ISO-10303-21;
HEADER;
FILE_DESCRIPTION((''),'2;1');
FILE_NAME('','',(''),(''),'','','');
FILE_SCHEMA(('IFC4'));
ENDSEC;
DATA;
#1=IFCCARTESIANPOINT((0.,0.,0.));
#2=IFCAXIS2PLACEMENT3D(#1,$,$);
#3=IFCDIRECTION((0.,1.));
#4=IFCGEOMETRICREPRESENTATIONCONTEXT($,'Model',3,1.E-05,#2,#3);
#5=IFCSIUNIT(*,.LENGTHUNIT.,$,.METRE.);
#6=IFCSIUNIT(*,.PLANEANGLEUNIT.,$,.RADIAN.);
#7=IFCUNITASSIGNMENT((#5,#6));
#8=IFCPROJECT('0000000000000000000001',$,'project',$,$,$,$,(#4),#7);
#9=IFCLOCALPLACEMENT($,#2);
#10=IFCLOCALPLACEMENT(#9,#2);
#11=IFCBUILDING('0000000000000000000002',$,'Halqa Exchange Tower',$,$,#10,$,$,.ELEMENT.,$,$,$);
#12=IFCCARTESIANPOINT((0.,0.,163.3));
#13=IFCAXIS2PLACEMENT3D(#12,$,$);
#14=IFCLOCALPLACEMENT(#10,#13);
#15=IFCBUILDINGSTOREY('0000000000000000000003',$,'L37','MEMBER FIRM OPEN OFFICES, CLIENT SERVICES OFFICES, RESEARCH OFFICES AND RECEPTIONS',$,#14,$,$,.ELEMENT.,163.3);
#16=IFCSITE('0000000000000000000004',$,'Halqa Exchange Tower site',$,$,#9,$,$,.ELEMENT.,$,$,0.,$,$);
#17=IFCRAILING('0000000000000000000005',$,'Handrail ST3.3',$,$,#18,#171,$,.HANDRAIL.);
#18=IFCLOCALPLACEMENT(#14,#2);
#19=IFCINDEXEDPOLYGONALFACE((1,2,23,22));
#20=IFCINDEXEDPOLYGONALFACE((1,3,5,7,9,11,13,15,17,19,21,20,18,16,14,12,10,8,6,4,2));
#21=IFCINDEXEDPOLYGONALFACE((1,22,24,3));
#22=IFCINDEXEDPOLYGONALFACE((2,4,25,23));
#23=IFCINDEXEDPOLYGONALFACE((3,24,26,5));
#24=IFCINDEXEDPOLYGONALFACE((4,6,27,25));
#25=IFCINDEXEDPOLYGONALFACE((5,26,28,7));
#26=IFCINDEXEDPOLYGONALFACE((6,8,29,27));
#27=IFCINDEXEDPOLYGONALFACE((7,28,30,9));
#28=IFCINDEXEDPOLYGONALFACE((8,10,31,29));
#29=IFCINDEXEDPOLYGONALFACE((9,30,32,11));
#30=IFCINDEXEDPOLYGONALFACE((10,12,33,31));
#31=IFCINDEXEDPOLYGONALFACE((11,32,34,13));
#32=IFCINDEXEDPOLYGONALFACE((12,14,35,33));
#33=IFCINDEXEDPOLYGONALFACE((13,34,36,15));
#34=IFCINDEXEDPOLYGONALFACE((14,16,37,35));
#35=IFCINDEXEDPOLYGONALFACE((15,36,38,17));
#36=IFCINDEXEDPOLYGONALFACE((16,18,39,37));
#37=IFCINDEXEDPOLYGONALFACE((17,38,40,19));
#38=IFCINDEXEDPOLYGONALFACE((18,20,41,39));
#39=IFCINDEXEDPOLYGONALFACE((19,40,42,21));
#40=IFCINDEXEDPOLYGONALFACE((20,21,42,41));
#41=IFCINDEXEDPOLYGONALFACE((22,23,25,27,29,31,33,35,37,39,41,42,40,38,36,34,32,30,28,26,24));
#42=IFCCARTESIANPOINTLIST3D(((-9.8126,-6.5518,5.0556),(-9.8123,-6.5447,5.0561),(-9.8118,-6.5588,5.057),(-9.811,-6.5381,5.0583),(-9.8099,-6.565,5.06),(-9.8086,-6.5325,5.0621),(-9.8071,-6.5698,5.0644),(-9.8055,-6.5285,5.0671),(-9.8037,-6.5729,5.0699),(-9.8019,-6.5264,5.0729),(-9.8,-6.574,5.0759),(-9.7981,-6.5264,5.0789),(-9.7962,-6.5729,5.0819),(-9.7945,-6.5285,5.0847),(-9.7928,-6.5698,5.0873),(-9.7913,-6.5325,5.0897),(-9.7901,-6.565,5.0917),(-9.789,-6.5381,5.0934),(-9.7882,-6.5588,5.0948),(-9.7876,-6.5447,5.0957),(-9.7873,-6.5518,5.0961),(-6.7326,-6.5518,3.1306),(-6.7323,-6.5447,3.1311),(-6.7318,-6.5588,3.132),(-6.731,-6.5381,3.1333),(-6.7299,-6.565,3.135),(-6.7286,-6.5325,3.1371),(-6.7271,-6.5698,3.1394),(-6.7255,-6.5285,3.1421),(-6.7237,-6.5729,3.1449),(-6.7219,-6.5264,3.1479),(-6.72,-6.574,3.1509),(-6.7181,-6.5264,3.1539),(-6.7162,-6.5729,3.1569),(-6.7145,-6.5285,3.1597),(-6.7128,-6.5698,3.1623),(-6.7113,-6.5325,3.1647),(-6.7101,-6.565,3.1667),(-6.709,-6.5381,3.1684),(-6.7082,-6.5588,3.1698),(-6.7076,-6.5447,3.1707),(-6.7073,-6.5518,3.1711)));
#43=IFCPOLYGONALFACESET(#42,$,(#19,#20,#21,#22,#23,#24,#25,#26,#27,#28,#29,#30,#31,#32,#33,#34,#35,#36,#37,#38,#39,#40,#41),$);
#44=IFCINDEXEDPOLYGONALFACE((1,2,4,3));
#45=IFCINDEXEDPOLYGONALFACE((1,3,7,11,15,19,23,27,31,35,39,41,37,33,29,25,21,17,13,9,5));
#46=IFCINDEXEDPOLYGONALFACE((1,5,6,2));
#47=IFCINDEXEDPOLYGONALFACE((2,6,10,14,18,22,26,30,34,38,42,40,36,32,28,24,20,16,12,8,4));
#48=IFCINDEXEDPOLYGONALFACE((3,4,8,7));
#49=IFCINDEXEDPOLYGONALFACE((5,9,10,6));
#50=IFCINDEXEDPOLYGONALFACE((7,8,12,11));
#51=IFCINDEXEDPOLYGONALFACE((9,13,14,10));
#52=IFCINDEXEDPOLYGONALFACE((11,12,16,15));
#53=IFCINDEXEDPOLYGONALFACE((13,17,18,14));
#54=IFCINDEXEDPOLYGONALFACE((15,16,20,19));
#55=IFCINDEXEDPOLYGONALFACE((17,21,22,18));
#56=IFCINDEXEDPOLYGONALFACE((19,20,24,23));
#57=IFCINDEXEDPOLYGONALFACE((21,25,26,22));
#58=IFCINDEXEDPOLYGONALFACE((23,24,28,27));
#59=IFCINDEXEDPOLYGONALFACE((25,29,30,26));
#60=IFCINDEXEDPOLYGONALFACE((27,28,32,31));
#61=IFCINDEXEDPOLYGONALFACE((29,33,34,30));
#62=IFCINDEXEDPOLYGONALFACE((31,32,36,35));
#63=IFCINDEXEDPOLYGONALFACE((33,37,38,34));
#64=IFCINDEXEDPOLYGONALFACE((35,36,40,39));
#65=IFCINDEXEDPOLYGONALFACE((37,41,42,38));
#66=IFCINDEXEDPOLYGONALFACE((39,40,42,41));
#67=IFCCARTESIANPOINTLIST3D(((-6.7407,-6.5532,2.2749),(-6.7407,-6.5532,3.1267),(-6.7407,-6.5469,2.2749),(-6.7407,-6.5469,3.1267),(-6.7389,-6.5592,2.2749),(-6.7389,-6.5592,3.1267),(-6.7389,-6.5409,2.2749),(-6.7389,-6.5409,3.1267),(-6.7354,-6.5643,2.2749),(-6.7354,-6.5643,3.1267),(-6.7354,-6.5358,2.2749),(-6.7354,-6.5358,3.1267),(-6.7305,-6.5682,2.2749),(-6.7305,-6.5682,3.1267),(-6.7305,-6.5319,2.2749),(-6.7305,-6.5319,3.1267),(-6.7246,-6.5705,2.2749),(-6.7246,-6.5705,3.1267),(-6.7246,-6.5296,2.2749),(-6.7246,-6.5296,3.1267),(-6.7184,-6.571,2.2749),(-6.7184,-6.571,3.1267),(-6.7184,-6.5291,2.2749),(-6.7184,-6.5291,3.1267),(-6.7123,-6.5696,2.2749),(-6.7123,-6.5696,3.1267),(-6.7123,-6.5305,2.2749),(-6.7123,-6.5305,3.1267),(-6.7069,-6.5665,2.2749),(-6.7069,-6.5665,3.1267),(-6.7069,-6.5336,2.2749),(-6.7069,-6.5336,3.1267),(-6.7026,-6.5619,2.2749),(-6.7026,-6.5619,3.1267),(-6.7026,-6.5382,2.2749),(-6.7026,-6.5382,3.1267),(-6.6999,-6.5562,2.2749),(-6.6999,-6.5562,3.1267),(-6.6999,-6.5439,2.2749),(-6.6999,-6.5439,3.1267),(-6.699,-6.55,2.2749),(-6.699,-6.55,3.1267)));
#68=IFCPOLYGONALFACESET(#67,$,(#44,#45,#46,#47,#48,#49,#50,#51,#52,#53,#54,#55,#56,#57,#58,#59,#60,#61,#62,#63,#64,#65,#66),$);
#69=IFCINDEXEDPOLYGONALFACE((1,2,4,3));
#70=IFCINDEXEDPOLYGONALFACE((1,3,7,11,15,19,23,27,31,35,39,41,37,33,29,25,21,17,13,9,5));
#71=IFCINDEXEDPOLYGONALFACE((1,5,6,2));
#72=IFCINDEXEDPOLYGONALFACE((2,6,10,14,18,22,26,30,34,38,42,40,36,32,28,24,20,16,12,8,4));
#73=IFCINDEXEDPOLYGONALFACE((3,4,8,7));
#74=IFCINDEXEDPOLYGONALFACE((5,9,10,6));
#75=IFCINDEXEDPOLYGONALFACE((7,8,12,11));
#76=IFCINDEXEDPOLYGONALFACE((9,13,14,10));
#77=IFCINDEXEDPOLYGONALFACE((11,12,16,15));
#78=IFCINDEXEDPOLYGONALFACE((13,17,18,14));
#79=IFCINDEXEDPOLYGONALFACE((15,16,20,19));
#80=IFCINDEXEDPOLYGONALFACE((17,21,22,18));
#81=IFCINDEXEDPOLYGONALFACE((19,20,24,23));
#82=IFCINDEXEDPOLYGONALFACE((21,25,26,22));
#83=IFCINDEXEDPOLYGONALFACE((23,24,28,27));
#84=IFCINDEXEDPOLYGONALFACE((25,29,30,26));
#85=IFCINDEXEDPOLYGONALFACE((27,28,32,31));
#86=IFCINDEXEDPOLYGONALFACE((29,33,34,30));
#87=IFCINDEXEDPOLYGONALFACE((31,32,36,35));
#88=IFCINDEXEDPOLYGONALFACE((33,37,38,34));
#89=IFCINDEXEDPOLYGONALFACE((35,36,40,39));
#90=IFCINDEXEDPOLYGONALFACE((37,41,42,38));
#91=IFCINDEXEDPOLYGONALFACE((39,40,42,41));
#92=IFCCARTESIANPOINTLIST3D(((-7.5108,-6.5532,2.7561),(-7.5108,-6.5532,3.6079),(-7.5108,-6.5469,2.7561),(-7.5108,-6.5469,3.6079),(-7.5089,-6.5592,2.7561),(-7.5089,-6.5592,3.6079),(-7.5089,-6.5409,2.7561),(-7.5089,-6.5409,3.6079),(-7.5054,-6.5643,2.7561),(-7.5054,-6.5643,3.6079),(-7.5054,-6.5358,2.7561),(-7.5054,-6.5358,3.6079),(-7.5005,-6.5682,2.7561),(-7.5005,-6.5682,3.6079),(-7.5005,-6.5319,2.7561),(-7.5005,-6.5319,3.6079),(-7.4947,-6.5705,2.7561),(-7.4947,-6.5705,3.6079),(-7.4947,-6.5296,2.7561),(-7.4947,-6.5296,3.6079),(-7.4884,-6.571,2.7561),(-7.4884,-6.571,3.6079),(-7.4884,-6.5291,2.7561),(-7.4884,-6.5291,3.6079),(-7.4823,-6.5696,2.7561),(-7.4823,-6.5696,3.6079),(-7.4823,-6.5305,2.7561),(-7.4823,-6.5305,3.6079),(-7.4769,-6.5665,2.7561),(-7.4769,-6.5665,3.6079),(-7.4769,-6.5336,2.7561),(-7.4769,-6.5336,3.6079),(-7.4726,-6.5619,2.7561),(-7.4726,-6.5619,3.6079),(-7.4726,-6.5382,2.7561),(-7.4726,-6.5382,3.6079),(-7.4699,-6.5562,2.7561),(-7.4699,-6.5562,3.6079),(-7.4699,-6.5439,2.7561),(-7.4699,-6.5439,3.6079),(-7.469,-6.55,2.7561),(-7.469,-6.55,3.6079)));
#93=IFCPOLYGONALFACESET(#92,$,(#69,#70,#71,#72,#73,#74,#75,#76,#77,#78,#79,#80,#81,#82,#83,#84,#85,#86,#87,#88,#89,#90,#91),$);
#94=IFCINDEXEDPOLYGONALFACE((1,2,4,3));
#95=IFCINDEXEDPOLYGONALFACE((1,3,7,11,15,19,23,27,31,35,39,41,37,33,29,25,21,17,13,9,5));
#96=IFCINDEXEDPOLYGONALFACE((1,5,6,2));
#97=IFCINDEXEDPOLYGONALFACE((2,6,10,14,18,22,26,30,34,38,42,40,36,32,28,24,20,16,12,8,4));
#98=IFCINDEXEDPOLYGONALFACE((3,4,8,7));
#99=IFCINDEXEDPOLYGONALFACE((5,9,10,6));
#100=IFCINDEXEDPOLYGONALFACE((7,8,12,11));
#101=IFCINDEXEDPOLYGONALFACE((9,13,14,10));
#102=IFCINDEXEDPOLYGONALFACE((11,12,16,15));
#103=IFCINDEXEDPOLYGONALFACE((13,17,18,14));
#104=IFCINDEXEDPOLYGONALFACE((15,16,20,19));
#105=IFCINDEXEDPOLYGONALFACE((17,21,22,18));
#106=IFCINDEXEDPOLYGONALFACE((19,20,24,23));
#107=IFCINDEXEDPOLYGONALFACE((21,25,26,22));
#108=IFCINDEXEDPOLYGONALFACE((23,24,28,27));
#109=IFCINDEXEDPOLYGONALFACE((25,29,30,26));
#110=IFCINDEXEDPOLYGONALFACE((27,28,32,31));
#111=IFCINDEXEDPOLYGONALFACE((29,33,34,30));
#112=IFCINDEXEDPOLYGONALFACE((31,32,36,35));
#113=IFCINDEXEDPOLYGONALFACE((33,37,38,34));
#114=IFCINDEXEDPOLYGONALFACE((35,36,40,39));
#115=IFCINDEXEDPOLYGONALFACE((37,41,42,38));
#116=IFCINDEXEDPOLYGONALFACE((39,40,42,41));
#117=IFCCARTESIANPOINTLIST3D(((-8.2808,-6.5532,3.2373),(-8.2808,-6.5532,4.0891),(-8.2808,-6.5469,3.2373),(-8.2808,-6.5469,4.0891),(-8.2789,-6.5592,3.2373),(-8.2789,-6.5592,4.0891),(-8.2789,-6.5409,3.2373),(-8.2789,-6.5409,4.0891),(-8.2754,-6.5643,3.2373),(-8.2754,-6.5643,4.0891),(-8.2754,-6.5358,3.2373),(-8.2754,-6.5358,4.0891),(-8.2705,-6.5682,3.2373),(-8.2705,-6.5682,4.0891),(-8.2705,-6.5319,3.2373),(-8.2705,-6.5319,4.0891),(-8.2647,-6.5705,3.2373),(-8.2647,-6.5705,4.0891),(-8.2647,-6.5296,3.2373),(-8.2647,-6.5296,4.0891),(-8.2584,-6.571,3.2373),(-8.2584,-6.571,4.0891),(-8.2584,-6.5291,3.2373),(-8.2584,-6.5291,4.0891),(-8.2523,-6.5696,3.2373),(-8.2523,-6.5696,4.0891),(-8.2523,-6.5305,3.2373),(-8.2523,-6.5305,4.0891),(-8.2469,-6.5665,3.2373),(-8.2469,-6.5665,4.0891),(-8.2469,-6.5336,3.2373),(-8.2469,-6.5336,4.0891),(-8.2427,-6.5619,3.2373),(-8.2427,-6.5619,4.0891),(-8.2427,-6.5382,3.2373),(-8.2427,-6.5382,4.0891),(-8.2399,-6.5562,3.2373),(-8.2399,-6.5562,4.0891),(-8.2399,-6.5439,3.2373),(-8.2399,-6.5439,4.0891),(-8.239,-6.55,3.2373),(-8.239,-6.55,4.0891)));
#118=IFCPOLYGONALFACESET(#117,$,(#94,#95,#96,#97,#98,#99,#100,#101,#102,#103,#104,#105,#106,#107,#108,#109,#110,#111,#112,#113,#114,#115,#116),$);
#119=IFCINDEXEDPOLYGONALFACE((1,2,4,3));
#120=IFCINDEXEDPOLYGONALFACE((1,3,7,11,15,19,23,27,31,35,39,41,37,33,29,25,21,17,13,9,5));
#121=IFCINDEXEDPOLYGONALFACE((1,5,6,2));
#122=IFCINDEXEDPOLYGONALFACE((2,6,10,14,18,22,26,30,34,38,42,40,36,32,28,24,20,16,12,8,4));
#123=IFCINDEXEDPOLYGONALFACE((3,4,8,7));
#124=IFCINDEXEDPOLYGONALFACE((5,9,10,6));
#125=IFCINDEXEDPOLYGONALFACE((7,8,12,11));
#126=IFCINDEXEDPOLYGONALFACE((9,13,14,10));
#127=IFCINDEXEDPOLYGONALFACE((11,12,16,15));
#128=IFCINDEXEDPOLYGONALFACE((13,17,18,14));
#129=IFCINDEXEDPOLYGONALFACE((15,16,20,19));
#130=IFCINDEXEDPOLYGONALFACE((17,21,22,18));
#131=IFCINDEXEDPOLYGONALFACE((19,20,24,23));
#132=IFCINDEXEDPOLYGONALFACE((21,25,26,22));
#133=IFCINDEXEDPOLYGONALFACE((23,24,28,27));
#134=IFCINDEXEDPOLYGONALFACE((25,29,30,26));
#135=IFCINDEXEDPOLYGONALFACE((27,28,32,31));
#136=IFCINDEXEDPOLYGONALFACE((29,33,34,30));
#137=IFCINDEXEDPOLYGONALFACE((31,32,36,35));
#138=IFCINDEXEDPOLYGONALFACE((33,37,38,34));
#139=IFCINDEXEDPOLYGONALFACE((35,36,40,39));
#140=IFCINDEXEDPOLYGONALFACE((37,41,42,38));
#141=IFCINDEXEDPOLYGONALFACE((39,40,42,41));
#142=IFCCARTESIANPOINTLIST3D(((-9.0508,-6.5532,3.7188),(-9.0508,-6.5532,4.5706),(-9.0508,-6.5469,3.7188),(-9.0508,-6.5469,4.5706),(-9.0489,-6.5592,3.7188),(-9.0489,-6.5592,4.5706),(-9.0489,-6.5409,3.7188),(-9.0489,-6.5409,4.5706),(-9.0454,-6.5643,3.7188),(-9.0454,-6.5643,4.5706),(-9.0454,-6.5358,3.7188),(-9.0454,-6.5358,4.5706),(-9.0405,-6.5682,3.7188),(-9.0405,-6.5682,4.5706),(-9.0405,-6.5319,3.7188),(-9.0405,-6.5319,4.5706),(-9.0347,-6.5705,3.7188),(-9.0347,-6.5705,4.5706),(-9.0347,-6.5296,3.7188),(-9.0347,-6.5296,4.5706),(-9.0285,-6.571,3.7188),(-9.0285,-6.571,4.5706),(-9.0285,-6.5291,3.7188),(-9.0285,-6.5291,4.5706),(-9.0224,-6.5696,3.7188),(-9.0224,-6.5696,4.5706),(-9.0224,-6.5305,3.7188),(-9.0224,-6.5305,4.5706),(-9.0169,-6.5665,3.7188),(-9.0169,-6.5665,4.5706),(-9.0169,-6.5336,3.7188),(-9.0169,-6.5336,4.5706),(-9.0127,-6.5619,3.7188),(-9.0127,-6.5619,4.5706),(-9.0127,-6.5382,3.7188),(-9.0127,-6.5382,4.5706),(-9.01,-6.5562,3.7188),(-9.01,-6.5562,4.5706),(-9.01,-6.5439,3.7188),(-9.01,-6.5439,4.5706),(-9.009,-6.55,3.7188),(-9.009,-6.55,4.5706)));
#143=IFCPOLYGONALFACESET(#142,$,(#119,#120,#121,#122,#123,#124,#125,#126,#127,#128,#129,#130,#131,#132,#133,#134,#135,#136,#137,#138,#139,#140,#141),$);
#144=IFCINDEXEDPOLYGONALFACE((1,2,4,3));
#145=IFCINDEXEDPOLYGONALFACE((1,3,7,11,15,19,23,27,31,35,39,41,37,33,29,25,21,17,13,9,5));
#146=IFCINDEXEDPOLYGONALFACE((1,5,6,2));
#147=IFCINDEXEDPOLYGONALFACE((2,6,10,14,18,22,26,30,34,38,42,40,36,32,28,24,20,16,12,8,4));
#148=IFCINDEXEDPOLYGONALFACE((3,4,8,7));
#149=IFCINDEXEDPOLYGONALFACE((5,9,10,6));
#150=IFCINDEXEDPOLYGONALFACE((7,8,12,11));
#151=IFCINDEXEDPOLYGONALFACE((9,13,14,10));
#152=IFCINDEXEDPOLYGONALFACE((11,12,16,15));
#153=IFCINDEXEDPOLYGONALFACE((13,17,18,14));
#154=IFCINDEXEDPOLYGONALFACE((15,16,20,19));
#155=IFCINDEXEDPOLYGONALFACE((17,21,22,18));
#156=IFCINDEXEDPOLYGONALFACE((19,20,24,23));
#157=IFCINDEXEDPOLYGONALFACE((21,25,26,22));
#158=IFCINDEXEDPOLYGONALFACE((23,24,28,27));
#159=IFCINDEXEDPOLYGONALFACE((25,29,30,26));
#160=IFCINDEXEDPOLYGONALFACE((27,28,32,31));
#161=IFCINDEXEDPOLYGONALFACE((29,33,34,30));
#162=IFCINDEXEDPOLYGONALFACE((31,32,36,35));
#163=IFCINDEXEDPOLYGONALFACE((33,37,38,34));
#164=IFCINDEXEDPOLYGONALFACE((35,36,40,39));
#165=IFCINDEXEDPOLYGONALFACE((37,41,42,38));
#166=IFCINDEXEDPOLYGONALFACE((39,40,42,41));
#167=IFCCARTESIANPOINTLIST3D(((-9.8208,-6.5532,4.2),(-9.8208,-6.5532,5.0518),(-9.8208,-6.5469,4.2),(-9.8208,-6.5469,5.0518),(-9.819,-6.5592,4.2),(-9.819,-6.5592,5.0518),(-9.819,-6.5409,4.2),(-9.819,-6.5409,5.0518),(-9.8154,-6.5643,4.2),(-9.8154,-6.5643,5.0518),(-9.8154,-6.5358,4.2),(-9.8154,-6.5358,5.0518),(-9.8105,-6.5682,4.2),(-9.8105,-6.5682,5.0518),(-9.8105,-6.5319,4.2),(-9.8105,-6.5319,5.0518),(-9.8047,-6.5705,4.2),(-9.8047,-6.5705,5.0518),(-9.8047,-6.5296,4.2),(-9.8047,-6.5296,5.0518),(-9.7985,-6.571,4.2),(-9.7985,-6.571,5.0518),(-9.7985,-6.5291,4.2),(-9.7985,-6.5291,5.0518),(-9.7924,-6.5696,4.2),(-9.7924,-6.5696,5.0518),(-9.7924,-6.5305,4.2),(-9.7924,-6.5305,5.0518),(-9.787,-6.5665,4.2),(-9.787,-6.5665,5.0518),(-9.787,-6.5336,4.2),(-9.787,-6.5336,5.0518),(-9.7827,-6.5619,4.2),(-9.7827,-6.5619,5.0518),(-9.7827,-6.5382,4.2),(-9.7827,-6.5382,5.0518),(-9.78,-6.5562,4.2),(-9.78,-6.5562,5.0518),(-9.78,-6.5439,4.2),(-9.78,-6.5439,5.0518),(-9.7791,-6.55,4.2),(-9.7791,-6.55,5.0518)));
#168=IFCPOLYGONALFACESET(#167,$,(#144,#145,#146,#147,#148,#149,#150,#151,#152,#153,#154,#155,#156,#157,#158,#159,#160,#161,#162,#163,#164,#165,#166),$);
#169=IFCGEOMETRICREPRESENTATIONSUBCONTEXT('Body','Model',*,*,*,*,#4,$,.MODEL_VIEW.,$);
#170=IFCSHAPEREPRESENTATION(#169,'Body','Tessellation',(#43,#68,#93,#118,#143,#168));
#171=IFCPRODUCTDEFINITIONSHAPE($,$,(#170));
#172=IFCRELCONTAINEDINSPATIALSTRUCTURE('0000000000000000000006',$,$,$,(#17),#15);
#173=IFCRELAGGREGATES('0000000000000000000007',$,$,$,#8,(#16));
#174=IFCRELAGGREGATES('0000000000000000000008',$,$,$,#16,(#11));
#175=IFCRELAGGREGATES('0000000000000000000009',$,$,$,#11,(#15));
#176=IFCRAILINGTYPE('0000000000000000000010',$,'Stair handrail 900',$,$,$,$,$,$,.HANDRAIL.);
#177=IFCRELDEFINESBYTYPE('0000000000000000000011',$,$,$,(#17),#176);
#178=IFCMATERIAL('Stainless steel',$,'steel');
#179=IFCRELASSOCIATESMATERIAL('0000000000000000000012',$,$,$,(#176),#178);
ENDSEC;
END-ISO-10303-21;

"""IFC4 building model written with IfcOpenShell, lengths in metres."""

from ifc_helpers import new_model, si_unit, direction, frame, origin, origin_2d, place, context, subcontext, project, spatial, circle, extrude, material, type_object, element, save


model = new_model("IFC4")

# Units and contexts
model_context = context("Model", 3, precision=1e-05, world=origin(), true_north=direction((0.0, 1.0)))
body_context = subcontext(model_context, "Body", "Model", "MODEL_VIEW")
ifc_project = project(units=[si_unit("LENGTHUNIT", "METRE"), si_unit("PLANEANGLEUNIT", "RADIAN")], contexts=[model_context])

# Site, building, storey
site_placement = place(None, origin())
site = spatial("IfcSite", under=ifc_project, at=site_placement, Name="Halqa Exchange Tower site", CompositionType="ELEMENT", RefElevation=0.0)
building_placement = place(site_placement, origin())
building = spatial("IfcBuilding", under=site, at=building_placement, Name="Halqa Exchange Tower", CompositionType="ELEMENT")
storey_placement = place(building_placement, frame((0.0, 0.0, 163.3)))
storey = spatial("IfcBuildingStorey", under=building, at=storey_placement, Name="L37", Description="MEMBER FIRM OPEN OFFICES, CLIENT SERVICES OFFICES, RESEARCH OFFICES AND RECEPTIONS", CompositionType="ELEMENT", Elevation=163.3)

# Shared definitions
ifc_material_1 = material(Name="Stainless steel", Category="steel")

# Railing
railing_type_1 = type_object("IfcRailingType", Name="Stair handrail 900", PredefinedType="HANDRAIL", material=ifc_material_1)
railing_1_placement = place(storey_placement, frame((-6.72, -6.55, 2.2749)))
element("IfcRailing", 1, at=railing_1_placement, inside=storey, type_object=railing_type_1, Name="Handrail ST3.3", PredefinedType="HANDRAIL", context=body_context, shape_type="SweptSolid", body=[
    extrude(circle(Radius=0.0239, at=origin_2d()), frame((0.0, 0.0, 0.876), z_axis=(-0.847998, 0.0, 0.529999), x_axis=(0.0, -1.0, 0.0)), (0.0, 0.0, 1.0), 3.6321),
    extrude(circle(Radius=0.021, at=origin_2d()), origin(), (0.0, 0.0, 1.0), 0.8518),
    extrude(circle(Radius=0.021, at=origin_2d()), frame((-0.77, 0.0, 0.4812)), (0.0, 0.0, 1.0), 0.8518),
    extrude(circle(Radius=0.021, at=origin_2d()), frame((-1.54, 0.0, 0.9624)), (0.0, 0.0, 1.0), 0.8518),
    extrude(circle(Radius=0.021, at=origin_2d()), frame((-2.3101, 0.0, 1.4438)), (0.0, 0.0, 1.0), 0.8518),
    extrude(circle(Radius=0.021, at=origin_2d()), frame((-3.0801, 0.0, 1.925)), (0.0, 0.0, 1.0), 0.8518),
])

save(model, "model.ifc")
